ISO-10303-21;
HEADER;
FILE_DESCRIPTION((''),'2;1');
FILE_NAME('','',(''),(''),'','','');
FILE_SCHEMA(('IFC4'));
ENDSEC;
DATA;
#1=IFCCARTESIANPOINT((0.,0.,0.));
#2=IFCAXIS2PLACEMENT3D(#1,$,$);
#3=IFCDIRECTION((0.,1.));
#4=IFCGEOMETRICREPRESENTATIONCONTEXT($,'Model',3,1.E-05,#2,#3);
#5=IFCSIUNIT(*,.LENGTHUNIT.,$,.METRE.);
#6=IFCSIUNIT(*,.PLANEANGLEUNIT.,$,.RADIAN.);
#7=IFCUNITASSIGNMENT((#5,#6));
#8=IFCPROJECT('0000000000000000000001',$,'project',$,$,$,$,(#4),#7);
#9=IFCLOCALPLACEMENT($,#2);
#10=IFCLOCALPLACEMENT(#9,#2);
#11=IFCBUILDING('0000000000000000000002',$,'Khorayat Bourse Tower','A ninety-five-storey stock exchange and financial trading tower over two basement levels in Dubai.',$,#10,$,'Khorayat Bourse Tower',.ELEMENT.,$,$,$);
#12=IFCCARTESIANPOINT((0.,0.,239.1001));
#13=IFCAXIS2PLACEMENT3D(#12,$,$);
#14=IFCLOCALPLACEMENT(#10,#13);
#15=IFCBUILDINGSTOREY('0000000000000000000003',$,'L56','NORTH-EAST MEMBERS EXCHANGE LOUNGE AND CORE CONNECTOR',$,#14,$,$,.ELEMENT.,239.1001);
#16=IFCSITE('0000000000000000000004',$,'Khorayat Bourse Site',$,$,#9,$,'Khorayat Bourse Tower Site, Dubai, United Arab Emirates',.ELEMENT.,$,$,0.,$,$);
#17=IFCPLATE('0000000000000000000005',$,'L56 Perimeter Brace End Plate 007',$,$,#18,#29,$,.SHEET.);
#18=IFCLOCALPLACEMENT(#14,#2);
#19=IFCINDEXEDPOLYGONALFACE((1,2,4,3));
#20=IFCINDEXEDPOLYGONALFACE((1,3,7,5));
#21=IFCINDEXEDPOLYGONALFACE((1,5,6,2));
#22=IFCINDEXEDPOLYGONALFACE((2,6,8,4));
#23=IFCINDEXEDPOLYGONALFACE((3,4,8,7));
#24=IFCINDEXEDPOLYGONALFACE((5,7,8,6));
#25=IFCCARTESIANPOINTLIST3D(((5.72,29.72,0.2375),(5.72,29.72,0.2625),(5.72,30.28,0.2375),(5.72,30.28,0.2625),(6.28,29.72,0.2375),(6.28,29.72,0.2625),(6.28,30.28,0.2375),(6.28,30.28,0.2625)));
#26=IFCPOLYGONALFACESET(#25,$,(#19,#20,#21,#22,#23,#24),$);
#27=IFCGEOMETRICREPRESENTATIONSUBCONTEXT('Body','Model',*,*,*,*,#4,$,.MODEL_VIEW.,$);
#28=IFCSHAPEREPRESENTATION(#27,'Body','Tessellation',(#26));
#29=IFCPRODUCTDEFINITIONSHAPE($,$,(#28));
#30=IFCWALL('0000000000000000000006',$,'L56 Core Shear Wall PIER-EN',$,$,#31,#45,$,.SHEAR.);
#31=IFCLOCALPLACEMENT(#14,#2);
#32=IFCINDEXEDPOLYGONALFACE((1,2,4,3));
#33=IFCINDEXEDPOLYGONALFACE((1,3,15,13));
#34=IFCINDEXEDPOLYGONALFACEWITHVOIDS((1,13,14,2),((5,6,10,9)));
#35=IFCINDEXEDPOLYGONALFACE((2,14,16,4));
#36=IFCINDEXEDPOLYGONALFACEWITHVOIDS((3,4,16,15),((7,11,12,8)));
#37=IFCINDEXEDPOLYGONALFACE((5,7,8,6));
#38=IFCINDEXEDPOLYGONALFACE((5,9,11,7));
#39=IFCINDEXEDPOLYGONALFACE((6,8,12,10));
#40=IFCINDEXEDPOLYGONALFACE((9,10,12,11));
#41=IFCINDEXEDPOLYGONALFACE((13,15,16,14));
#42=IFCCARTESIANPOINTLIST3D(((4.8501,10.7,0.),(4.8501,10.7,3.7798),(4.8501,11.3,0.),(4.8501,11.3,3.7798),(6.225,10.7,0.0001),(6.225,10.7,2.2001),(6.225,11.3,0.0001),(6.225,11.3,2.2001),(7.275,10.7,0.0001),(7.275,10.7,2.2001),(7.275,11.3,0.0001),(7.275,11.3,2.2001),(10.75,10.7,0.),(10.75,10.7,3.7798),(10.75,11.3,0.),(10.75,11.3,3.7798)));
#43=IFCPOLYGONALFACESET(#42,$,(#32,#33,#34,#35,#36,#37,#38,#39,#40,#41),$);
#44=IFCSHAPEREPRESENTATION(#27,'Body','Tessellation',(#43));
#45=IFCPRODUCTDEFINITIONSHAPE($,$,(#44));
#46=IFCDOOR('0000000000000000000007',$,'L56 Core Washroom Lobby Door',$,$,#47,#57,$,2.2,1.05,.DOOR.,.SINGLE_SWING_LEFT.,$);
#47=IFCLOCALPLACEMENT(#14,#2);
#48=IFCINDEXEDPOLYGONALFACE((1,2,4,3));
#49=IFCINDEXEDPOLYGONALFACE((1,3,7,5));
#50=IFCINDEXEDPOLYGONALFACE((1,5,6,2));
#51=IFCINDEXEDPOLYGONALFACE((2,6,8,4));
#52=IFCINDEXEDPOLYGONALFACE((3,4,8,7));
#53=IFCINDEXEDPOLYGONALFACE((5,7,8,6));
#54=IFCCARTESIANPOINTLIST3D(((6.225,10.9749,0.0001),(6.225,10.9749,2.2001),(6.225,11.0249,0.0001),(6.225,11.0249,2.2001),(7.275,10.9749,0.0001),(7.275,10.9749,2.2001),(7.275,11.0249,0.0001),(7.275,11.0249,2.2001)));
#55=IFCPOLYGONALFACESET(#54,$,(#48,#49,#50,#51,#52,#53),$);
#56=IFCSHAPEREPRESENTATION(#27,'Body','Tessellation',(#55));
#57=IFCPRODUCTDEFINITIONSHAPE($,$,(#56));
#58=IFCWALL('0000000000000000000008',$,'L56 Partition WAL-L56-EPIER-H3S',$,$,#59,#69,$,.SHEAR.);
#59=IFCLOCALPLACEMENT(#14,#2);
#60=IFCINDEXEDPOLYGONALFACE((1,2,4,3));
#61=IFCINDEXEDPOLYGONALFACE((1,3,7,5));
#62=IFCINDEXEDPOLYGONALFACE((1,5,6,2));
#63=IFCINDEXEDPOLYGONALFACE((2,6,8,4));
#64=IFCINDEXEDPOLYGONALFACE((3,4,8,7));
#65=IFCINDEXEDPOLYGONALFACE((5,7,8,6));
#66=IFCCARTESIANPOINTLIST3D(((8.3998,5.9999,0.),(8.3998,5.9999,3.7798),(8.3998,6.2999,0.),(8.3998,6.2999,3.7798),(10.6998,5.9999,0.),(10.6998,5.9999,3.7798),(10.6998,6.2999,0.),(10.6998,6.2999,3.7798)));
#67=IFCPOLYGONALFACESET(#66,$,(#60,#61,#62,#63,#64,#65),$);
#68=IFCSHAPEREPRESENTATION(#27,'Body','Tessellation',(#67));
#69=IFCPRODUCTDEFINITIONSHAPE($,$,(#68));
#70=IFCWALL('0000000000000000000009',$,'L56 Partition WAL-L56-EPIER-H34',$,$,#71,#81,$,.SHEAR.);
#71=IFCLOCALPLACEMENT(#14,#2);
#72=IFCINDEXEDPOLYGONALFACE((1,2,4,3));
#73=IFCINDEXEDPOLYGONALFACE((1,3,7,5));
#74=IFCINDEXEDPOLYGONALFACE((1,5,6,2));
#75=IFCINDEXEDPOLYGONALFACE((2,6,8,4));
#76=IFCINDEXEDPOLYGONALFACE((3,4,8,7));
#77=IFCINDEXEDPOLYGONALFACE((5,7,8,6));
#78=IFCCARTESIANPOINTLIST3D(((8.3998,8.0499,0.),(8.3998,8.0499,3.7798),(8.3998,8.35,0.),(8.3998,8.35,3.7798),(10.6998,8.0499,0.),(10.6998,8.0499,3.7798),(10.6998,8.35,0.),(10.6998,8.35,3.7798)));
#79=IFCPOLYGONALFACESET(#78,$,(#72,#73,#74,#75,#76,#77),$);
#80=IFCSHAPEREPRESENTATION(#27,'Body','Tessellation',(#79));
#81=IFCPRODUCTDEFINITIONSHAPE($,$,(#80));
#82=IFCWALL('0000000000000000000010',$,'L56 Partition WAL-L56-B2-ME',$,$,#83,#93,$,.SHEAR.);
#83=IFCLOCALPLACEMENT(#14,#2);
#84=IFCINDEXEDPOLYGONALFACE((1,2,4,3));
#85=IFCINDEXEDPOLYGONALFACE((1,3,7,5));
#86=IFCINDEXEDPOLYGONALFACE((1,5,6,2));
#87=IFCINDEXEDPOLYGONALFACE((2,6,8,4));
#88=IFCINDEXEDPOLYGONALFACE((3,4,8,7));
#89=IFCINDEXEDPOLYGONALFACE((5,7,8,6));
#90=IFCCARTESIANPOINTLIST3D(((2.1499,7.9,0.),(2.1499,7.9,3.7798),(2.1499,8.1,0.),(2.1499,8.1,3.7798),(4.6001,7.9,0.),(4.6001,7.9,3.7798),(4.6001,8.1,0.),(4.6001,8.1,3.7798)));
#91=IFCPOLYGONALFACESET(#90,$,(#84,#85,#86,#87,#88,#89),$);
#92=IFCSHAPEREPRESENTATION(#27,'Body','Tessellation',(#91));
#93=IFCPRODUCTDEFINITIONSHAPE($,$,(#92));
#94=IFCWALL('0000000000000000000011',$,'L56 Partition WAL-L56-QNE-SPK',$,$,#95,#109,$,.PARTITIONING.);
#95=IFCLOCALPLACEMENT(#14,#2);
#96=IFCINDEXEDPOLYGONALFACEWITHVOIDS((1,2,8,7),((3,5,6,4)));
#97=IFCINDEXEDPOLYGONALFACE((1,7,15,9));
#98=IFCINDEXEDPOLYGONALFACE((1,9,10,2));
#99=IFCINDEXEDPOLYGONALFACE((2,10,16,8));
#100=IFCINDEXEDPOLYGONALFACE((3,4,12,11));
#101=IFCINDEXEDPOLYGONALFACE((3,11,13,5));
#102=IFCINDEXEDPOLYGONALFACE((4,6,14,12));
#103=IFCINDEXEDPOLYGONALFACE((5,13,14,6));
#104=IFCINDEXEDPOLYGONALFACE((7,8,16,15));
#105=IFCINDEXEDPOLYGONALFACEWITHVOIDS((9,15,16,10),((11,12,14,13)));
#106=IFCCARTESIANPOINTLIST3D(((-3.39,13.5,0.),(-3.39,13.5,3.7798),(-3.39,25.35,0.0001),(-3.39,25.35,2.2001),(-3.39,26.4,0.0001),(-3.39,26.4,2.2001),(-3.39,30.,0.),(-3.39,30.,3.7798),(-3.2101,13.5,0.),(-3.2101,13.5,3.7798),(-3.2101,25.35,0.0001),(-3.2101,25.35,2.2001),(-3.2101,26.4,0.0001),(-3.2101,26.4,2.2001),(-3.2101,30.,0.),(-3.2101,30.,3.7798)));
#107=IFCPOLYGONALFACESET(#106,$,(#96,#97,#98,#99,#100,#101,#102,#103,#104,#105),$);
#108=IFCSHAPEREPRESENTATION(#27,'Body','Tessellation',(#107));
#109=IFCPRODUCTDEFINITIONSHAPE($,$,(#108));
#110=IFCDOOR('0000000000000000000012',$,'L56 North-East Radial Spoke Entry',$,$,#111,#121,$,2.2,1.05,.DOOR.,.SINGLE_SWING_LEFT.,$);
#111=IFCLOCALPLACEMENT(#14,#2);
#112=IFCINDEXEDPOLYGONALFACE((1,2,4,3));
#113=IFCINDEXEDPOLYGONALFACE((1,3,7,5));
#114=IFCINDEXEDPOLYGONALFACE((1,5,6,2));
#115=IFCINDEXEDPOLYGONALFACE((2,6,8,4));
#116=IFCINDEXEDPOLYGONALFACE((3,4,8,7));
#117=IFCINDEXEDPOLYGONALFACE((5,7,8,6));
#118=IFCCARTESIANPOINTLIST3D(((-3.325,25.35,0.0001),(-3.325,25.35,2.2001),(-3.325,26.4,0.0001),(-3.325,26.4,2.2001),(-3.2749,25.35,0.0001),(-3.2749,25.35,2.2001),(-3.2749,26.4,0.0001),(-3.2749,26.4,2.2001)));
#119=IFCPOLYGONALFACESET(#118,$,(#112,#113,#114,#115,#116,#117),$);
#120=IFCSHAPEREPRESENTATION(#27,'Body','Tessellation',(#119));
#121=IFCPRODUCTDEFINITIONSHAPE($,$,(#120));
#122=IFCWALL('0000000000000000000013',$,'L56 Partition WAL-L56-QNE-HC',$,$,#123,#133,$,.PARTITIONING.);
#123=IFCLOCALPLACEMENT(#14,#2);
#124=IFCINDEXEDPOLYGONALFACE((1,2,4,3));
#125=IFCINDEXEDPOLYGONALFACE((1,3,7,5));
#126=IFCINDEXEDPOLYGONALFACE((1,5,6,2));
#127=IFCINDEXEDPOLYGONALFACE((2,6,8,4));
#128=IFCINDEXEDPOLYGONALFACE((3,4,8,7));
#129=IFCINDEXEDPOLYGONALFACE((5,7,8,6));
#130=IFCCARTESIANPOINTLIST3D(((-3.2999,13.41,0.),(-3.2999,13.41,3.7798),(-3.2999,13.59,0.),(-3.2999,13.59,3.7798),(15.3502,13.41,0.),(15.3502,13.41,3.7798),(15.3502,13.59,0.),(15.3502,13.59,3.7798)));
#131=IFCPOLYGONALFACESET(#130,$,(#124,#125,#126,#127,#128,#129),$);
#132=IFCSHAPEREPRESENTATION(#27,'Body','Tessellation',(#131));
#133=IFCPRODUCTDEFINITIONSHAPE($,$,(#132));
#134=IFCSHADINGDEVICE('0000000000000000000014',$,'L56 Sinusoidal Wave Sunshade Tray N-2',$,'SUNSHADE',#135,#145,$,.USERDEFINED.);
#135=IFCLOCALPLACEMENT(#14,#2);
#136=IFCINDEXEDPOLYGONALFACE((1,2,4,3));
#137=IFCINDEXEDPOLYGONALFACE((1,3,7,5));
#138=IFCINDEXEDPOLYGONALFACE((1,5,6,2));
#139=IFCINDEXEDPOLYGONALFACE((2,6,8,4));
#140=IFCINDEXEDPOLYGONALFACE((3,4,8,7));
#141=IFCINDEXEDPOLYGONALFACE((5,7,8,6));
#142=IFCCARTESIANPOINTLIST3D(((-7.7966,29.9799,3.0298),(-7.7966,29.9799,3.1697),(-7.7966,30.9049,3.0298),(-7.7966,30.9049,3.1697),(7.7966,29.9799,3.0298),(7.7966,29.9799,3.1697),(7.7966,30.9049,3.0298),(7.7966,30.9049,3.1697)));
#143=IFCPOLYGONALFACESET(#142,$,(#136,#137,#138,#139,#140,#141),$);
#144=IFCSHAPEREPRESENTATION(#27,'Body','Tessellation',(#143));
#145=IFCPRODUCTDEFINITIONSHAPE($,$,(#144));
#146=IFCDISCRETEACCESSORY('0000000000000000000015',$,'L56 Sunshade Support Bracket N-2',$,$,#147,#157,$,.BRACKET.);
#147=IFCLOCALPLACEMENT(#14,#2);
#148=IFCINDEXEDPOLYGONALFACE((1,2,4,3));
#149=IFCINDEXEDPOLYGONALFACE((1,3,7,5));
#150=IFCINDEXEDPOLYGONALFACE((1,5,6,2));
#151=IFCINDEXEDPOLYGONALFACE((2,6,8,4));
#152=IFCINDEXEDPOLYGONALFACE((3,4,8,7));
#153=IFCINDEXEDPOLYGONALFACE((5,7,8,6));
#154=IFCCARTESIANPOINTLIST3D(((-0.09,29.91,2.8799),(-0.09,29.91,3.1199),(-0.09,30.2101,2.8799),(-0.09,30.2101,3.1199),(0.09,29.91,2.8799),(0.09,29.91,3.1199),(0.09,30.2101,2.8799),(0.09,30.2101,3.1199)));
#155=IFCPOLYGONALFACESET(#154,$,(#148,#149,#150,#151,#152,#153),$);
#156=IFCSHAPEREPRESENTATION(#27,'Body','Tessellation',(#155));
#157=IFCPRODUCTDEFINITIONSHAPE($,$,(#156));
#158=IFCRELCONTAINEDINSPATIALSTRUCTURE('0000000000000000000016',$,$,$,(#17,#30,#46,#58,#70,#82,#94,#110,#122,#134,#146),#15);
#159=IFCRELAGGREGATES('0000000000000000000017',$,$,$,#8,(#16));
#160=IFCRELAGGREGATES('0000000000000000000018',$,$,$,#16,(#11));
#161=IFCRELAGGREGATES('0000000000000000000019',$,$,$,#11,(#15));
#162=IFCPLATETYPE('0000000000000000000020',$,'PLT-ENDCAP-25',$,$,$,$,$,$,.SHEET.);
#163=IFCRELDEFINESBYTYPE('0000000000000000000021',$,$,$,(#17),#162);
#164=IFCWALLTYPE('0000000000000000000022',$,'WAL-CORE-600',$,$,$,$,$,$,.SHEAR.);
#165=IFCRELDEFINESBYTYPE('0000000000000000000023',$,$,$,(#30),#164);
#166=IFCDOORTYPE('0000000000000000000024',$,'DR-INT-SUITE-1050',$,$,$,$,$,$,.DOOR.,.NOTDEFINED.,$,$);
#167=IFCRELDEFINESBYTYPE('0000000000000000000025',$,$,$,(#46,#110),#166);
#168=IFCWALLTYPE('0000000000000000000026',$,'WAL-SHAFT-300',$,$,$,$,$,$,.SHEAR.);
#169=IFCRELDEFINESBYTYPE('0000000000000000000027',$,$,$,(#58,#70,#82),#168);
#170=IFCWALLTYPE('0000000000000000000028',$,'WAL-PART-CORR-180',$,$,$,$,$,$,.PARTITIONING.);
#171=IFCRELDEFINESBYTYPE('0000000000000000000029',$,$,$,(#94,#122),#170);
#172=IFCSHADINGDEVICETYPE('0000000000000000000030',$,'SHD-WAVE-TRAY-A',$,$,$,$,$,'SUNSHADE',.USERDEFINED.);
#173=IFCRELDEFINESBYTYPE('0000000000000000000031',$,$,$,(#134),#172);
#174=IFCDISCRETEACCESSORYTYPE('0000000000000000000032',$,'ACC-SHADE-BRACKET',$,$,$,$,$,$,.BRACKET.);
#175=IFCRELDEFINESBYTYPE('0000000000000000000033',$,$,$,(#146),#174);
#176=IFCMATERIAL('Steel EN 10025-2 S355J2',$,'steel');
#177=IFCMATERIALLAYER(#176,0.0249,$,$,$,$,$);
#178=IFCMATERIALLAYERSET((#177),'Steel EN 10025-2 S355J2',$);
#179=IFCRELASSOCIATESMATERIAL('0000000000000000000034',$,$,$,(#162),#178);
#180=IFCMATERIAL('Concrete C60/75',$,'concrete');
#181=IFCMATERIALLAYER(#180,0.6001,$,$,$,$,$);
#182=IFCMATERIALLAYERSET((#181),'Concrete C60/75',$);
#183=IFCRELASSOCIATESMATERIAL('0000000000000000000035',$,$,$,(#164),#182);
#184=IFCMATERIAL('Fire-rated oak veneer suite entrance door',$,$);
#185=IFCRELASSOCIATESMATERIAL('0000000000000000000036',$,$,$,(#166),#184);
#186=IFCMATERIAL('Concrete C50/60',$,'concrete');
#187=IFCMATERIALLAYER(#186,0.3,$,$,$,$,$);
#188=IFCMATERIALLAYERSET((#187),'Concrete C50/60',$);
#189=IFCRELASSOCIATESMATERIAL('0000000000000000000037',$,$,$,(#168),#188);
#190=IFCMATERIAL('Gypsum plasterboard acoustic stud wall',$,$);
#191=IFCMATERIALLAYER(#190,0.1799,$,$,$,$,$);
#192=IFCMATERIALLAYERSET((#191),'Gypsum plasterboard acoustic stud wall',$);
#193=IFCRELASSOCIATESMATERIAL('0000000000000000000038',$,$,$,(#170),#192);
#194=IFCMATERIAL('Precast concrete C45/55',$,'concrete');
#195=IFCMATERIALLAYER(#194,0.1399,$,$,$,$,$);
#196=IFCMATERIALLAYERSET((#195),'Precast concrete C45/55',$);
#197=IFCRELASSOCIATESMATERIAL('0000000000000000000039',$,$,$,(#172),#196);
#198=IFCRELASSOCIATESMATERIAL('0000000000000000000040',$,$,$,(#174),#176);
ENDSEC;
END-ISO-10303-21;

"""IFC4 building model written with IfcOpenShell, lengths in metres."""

from ifc_helpers import new_model, si_unit, direction, frame, frame_2d, origin, origin_2d, place, context, subcontext, project, spatial, rectangle, extrude, source, transform, mapped, material, layer, layer_set, type_object, element, fill, save


model = new_model("IFC4")

# Units and contexts
model_context = context("Model", 3, precision=1e-05, world=origin(), true_north=direction((0.0, 1.0)))
body_context = subcontext(model_context, "Body", "Model", "MODEL_VIEW")
ifc_project = project(units=[si_unit("LENGTHUNIT", "METRE"), si_unit("PLANEANGLEUNIT", "RADIAN")], contexts=[model_context])

# Site, building, storey
site_placement = place(None, origin())
site = spatial("IfcSite", under=ifc_project, at=site_placement, Name="Khorayat Bourse Site", LongName="Khorayat Bourse Tower Site, Dubai, United Arab Emirates", CompositionType="ELEMENT", RefElevation=0.0)
building_placement = place(site_placement, origin())
building = spatial("IfcBuilding", under=site, at=building_placement, Name="Khorayat Bourse Tower", Description="A ninety-five-storey stock exchange and financial trading tower over two basement levels in Dubai.", LongName="Khorayat Bourse Tower", CompositionType="ELEMENT")
storey_placement = place(building_placement, frame((0.0, 0.0, 239.1001)))
storey = spatial("IfcBuildingStorey", under=building, at=storey_placement, Name="L56", Description="NORTH-EAST MEMBERS EXCHANGE LOUNGE AND CORE CONNECTOR", CompositionType="ELEMENT", Elevation=239.1001)

# Shared definitions
ifc_material_1 = material(Name="Concrete C60/75", Category="concrete")

# Plate
ifc_material_2 = material(Name="Steel EN 10025-2 S355J2", Category="steel")
ifc_layer_1 = layer(ifc_material_2, 0.0249)
ifc_layer_set_1 = layer_set([ifc_layer_1], Name="Steel EN 10025-2 S355J2")
plate_type = type_object("IfcPlateType", Name="PLT-ENDCAP-25", PredefinedType="SHEET", material=ifc_layer_set_1)
shared_shape_1 = source(origin(), body_context, "Body", "SweptSolid", [
    extrude(rectangle(XDim=0.5601, YDim=0.5601, at=origin_2d()), origin(), (0.0, 0.0, 1.0), 0.0249),
])
plate_placement = place(storey_placement, frame((6.0, 30.0, 0.2375), z_axis=(0.0, 0.0, 1.0), x_axis=(1.0, 0.0, 0.0)))
element("IfcPlate", 1, at=plate_placement, inside=storey, type_object=plate_type, Name="L56 Perimeter Brace End Plate 007", PredefinedType="SHEET", context=body_context, shape_type="MappedRepresentation", body=[
    mapped(shared_shape_1, transform((0.0, 0.0, 0.0), scale=1.0)),
])

# Wall, opening, door
ifc_layer_2 = layer(ifc_material_1, 0.6001)
ifc_layer_set_2 = layer_set([ifc_layer_2], Name="Concrete C60/75")
wall_type_1 = type_object("IfcWallType", Name="WAL-CORE-600", PredefinedType="SHEAR", material=ifc_layer_set_2)
shared_shape_2 = source(origin(), body_context, "Body", "SweptSolid", [
    extrude(rectangle(XDim=5.8999, YDim=0.6001, at=frame_2d((2.95, 0.0))), origin(), (0.0, 0.0, 1.0), 3.7798),
])
wall_1_placement = place(storey_placement, frame((4.8501, 11.0, 0.0), z_axis=(0.0, 0.0, 1.0), x_axis=(1.0, 0.0, 0.0)))
wall_1 = element("IfcWall", 2, at=wall_1_placement, inside=storey, type_object=wall_type_1, Name="L56 Core Shear Wall PIER-EN", PredefinedType="SHEAR", context=body_context, shape_type="MappedRepresentation", body=[
    mapped(shared_shape_2, transform((0.0, 0.0, 0.0), scale=1.0)),
])
shared_shape_3 = source(origin(), body_context, "Body", "SweptSolid", [
    extrude(rectangle(XDim=1.05, YDim=2.2, at=frame_2d((0.5249, 1.1001))), frame((0.0, 0.3101, 0.0), z_axis=(0.0, -1.0, 0.0), x_axis=(1.0, 0.0, 0.0)), (0.0, 0.0, 1.0), 0.6201),
])
opening_1_placement = place(wall_1_placement, frame((1.375, 0.0, 0.0)))
opening_1 = element("IfcOpeningElement", 3, at=opening_1_placement, cuts=wall_1, PredefinedType="OPENING", context=body_context, shape_type="MappedRepresentation", body=[
    mapped(shared_shape_3, transform((0.0, 0.0, 0.0), scale=1.0)),
])
ifc_material_3 = material(Name="Fire-rated oak veneer suite entrance door")
door_type_1 = type_object("IfcDoorType", Name="DR-INT-SUITE-1050", OperationType="NOTDEFINED", PredefinedType="DOOR", material=ifc_material_3)
shared_shape_4 = source(origin(), body_context, "Body", "SweptSolid", [
    extrude(rectangle(XDim=1.05, YDim=2.2, at=frame_2d((0.5249, 1.1001))), frame((0.0, 0.0249, 0.0), z_axis=(0.0, -1.0, 0.0), x_axis=(1.0, 0.0, 0.0)), (0.0, 0.0, 1.0), 0.05),
])
door_1_placement = place(opening_1_placement, origin())
door_1 = element("IfcDoor", 4, at=door_1_placement, inside=storey, type_object=door_type_1, Name="L56 Core Washroom Lobby Door", OperationType="SINGLE_SWING_LEFT", OverallHeight=2.2, OverallWidth=1.05, PredefinedType="DOOR", context=body_context, shape_type="MappedRepresentation", body=[
    mapped(shared_shape_4, transform((0.0, 0.0, 0.0), scale=1.0)),
])
fill(opening_1, door_1)

# Walls
ifc_material_4 = material(Name="Concrete C50/60", Category="concrete")
ifc_layer_3 = layer(ifc_material_4, 0.3)
ifc_layer_set_3 = layer_set([ifc_layer_3], Name="Concrete C50/60")
wall_type_2 = type_object("IfcWallType", Name="WAL-SHAFT-300", PredefinedType="SHEAR", material=ifc_layer_set_3)
shared_shape_5 = source(origin(), body_context, "Body", "SweptSolid", [
    extrude(rectangle(XDim=2.3, YDim=0.3, at=frame_2d((1.1499, 0.0))), origin(), (0.0, 0.0, 1.0), 3.7798),
])
for number, where, z_axis, x_axis, name in (
    (5, (8.3999, 6.1499, 0.0), (0.0, 0.0, 1.0), (1.0, 0.0, 0.0), "L56 Partition WAL-L56-EPIER-H3S"),
    (6, (8.3999, 8.2, 0.0), (0.0, 0.0, 1.0), (1.0, 0.0, 0.0), "L56 Partition WAL-L56-EPIER-H34"),
):
    element("IfcWall", number, at=place(storey_placement, frame(where, z_axis=z_axis, x_axis=x_axis)), inside=storey, type_object=wall_type_2, Name=name, PredefinedType="SHEAR", context=body_context, shape_type="MappedRepresentation", body=[
        mapped(shared_shape_5, transform((0.0, 0.0, 0.0), scale=1.0)),
    ])

# Wall
shared_shape_6 = source(origin(), body_context, "Body", "SweptSolid", [
    extrude(rectangle(XDim=2.4502, YDim=0.2, at=frame_2d((1.2251, 0.0))), origin(), (0.0, 0.0, 1.0), 3.7798),
])
wall_2_placement = place(storey_placement, frame((2.1499, 8.0, 0.0), z_axis=(0.0, 0.0, 1.0), x_axis=(1.0, 0.0, 0.0)))
element("IfcWall", 7, at=wall_2_placement, inside=storey, type_object=wall_type_2, Name="L56 Partition WAL-L56-B2-ME", PredefinedType="SHEAR", context=body_context, shape_type="MappedRepresentation", body=[
    mapped(shared_shape_6, transform((0.0, 0.0, 0.0), scale=1.0)),
])

# Wall, opening, door
ifc_material_5 = material(Name="Gypsum plasterboard acoustic stud wall")
ifc_layer_4 = layer(ifc_material_5, 0.1799)
ifc_layer_set_4 = layer_set([ifc_layer_4], Name="Gypsum plasterboard acoustic stud wall")
wall_type_3 = type_object("IfcWallType", Name="WAL-PART-CORR-180", PredefinedType="PARTITIONING", material=ifc_layer_set_4)
shared_shape_7 = source(origin(), body_context, "Body", "SweptSolid", [
    extrude(rectangle(XDim=16.5, YDim=0.1799, at=frame_2d((8.25, 0.0))), origin(), (0.0, 0.0, 1.0), 3.7798),
])
wall_3_placement = place(storey_placement, frame((-3.3, 13.5, 0.0), z_axis=(0.0, 0.0, 1.0), x_axis=(0.0, 1.0, 0.0)))
wall_3 = element("IfcWall", 8, at=wall_3_placement, inside=storey, type_object=wall_type_3, Name="L56 Partition WAL-L56-QNE-SPK", PredefinedType="PARTITIONING", context=body_context, shape_type="MappedRepresentation", body=[
    mapped(shared_shape_7, transform((0.0, 0.0, 0.0), scale=1.0)),
])
shared_shape_8 = source(origin(), body_context, "Body", "SweptSolid", [
    extrude(rectangle(XDim=1.05, YDim=2.2, at=frame_2d((0.5249, 1.1001))), frame((0.0, 0.0999, 0.0), z_axis=(0.0, -1.0, 0.0), x_axis=(1.0, 0.0, 0.0)), (0.0, 0.0, 1.0), 0.2),
])
opening_2_placement = place(wall_3_placement, frame((11.8501, 0.0, 0.0)))
opening_2 = element("IfcOpeningElement", 9, at=opening_2_placement, cuts=wall_3, PredefinedType="OPENING", context=body_context, shape_type="MappedRepresentation", body=[
    mapped(shared_shape_8, transform((0.0, 0.0, 0.0), scale=1.0)),
])
door_2_placement = place(opening_2_placement, origin())
door_2 = element("IfcDoor", 10, at=door_2_placement, inside=storey, type_object=door_type_1, Name="L56 North-East Radial Spoke Entry", OperationType="SINGLE_SWING_LEFT", OverallHeight=2.2, OverallWidth=1.05, PredefinedType="DOOR", context=body_context, shape_type="MappedRepresentation", body=[
    mapped(shared_shape_4, transform((0.0, 0.0, 0.0), scale=1.0)),
])
fill(opening_2, door_2)

# Wall
shared_shape_9 = source(origin(), body_context, "Body", "SweptSolid", [
    extrude(rectangle(XDim=18.6501, YDim=0.1799, at=frame_2d((9.3252, 0.0))), origin(), (0.0, 0.0, 1.0), 3.7798),
])
wall_4_placement = place(storey_placement, frame((-3.3, 13.5, 0.0), z_axis=(0.0, 0.0, 1.0), x_axis=(1.0, 0.0, 0.0)))
element("IfcWall", 11, at=wall_4_placement, inside=storey, type_object=wall_type_3, Name="L56 Partition WAL-L56-QNE-HC", PredefinedType="PARTITIONING", context=body_context, shape_type="MappedRepresentation", body=[
    mapped(shared_shape_9, transform((0.0, 0.0, 0.0), scale=1.0)),
])

# Shading device
ifc_material_6 = material(Name="Precast concrete C45/55", Category="concrete")
ifc_layer_5 = layer(ifc_material_6, 0.1399)
ifc_layer_set_5 = layer_set([ifc_layer_5], Name="Precast concrete C45/55")
shading_device_type = type_object("IfcShadingDeviceType", Name="SHD-WAVE-TRAY-A", ElementType="SUNSHADE", PredefinedType="USERDEFINED", material=ifc_layer_set_5)
shared_shape_10 = source(origin(), body_context, "Body", "SweptSolid", [
    extrude(rectangle(XDim=15.5933, YDim=0.925, at=origin_2d()), origin(), (0.0, 0.0, 1.0), 0.1399),
])
shading_device_placement = place(storey_placement, frame((0.0, 30.4424, 3.0298), z_axis=(0.0, 0.0, 1.0), x_axis=(1.0, 0.0, 0.0)))
element("IfcShadingDevice", 12, at=shading_device_placement, inside=storey, type_object=shading_device_type, Name="L56 Sinusoidal Wave Sunshade Tray N-2", ObjectType="SUNSHADE", PredefinedType="USERDEFINED", context=body_context, shape_type="MappedRepresentation", body=[
    mapped(shared_shape_10, transform((0.0, 0.0, 0.0), scale=1.0)),
])

# Discrete accessory
discrete_accessory_type = type_object("IfcDiscreteAccessoryType", Name="ACC-SHADE-BRACKET", PredefinedType="BRACKET", material=ifc_material_2)
shared_shape_11 = source(origin(), body_context, "Body", "SweptSolid", [
    extrude(rectangle(XDim=0.1799, YDim=0.3, at=origin_2d()), origin(), (0.0, 0.0, 1.0), 0.24),
])
discrete_accessory_placement = place(storey_placement, frame((0.0, 30.0601, 2.8799), z_axis=(0.0, 0.0, 1.0), x_axis=(1.0, 0.0, 0.0)))
element("IfcDiscreteAccessory", 13, at=discrete_accessory_placement, inside=storey, type_object=discrete_accessory_type, Name="L56 Sunshade Support Bracket N-2", PredefinedType="BRACKET", context=body_context, shape_type="MappedRepresentation", body=[
    mapped(shared_shape_11, transform((0.0, 0.0, 0.0), scale=1.0)),
])

save(model, "model.ifc")
